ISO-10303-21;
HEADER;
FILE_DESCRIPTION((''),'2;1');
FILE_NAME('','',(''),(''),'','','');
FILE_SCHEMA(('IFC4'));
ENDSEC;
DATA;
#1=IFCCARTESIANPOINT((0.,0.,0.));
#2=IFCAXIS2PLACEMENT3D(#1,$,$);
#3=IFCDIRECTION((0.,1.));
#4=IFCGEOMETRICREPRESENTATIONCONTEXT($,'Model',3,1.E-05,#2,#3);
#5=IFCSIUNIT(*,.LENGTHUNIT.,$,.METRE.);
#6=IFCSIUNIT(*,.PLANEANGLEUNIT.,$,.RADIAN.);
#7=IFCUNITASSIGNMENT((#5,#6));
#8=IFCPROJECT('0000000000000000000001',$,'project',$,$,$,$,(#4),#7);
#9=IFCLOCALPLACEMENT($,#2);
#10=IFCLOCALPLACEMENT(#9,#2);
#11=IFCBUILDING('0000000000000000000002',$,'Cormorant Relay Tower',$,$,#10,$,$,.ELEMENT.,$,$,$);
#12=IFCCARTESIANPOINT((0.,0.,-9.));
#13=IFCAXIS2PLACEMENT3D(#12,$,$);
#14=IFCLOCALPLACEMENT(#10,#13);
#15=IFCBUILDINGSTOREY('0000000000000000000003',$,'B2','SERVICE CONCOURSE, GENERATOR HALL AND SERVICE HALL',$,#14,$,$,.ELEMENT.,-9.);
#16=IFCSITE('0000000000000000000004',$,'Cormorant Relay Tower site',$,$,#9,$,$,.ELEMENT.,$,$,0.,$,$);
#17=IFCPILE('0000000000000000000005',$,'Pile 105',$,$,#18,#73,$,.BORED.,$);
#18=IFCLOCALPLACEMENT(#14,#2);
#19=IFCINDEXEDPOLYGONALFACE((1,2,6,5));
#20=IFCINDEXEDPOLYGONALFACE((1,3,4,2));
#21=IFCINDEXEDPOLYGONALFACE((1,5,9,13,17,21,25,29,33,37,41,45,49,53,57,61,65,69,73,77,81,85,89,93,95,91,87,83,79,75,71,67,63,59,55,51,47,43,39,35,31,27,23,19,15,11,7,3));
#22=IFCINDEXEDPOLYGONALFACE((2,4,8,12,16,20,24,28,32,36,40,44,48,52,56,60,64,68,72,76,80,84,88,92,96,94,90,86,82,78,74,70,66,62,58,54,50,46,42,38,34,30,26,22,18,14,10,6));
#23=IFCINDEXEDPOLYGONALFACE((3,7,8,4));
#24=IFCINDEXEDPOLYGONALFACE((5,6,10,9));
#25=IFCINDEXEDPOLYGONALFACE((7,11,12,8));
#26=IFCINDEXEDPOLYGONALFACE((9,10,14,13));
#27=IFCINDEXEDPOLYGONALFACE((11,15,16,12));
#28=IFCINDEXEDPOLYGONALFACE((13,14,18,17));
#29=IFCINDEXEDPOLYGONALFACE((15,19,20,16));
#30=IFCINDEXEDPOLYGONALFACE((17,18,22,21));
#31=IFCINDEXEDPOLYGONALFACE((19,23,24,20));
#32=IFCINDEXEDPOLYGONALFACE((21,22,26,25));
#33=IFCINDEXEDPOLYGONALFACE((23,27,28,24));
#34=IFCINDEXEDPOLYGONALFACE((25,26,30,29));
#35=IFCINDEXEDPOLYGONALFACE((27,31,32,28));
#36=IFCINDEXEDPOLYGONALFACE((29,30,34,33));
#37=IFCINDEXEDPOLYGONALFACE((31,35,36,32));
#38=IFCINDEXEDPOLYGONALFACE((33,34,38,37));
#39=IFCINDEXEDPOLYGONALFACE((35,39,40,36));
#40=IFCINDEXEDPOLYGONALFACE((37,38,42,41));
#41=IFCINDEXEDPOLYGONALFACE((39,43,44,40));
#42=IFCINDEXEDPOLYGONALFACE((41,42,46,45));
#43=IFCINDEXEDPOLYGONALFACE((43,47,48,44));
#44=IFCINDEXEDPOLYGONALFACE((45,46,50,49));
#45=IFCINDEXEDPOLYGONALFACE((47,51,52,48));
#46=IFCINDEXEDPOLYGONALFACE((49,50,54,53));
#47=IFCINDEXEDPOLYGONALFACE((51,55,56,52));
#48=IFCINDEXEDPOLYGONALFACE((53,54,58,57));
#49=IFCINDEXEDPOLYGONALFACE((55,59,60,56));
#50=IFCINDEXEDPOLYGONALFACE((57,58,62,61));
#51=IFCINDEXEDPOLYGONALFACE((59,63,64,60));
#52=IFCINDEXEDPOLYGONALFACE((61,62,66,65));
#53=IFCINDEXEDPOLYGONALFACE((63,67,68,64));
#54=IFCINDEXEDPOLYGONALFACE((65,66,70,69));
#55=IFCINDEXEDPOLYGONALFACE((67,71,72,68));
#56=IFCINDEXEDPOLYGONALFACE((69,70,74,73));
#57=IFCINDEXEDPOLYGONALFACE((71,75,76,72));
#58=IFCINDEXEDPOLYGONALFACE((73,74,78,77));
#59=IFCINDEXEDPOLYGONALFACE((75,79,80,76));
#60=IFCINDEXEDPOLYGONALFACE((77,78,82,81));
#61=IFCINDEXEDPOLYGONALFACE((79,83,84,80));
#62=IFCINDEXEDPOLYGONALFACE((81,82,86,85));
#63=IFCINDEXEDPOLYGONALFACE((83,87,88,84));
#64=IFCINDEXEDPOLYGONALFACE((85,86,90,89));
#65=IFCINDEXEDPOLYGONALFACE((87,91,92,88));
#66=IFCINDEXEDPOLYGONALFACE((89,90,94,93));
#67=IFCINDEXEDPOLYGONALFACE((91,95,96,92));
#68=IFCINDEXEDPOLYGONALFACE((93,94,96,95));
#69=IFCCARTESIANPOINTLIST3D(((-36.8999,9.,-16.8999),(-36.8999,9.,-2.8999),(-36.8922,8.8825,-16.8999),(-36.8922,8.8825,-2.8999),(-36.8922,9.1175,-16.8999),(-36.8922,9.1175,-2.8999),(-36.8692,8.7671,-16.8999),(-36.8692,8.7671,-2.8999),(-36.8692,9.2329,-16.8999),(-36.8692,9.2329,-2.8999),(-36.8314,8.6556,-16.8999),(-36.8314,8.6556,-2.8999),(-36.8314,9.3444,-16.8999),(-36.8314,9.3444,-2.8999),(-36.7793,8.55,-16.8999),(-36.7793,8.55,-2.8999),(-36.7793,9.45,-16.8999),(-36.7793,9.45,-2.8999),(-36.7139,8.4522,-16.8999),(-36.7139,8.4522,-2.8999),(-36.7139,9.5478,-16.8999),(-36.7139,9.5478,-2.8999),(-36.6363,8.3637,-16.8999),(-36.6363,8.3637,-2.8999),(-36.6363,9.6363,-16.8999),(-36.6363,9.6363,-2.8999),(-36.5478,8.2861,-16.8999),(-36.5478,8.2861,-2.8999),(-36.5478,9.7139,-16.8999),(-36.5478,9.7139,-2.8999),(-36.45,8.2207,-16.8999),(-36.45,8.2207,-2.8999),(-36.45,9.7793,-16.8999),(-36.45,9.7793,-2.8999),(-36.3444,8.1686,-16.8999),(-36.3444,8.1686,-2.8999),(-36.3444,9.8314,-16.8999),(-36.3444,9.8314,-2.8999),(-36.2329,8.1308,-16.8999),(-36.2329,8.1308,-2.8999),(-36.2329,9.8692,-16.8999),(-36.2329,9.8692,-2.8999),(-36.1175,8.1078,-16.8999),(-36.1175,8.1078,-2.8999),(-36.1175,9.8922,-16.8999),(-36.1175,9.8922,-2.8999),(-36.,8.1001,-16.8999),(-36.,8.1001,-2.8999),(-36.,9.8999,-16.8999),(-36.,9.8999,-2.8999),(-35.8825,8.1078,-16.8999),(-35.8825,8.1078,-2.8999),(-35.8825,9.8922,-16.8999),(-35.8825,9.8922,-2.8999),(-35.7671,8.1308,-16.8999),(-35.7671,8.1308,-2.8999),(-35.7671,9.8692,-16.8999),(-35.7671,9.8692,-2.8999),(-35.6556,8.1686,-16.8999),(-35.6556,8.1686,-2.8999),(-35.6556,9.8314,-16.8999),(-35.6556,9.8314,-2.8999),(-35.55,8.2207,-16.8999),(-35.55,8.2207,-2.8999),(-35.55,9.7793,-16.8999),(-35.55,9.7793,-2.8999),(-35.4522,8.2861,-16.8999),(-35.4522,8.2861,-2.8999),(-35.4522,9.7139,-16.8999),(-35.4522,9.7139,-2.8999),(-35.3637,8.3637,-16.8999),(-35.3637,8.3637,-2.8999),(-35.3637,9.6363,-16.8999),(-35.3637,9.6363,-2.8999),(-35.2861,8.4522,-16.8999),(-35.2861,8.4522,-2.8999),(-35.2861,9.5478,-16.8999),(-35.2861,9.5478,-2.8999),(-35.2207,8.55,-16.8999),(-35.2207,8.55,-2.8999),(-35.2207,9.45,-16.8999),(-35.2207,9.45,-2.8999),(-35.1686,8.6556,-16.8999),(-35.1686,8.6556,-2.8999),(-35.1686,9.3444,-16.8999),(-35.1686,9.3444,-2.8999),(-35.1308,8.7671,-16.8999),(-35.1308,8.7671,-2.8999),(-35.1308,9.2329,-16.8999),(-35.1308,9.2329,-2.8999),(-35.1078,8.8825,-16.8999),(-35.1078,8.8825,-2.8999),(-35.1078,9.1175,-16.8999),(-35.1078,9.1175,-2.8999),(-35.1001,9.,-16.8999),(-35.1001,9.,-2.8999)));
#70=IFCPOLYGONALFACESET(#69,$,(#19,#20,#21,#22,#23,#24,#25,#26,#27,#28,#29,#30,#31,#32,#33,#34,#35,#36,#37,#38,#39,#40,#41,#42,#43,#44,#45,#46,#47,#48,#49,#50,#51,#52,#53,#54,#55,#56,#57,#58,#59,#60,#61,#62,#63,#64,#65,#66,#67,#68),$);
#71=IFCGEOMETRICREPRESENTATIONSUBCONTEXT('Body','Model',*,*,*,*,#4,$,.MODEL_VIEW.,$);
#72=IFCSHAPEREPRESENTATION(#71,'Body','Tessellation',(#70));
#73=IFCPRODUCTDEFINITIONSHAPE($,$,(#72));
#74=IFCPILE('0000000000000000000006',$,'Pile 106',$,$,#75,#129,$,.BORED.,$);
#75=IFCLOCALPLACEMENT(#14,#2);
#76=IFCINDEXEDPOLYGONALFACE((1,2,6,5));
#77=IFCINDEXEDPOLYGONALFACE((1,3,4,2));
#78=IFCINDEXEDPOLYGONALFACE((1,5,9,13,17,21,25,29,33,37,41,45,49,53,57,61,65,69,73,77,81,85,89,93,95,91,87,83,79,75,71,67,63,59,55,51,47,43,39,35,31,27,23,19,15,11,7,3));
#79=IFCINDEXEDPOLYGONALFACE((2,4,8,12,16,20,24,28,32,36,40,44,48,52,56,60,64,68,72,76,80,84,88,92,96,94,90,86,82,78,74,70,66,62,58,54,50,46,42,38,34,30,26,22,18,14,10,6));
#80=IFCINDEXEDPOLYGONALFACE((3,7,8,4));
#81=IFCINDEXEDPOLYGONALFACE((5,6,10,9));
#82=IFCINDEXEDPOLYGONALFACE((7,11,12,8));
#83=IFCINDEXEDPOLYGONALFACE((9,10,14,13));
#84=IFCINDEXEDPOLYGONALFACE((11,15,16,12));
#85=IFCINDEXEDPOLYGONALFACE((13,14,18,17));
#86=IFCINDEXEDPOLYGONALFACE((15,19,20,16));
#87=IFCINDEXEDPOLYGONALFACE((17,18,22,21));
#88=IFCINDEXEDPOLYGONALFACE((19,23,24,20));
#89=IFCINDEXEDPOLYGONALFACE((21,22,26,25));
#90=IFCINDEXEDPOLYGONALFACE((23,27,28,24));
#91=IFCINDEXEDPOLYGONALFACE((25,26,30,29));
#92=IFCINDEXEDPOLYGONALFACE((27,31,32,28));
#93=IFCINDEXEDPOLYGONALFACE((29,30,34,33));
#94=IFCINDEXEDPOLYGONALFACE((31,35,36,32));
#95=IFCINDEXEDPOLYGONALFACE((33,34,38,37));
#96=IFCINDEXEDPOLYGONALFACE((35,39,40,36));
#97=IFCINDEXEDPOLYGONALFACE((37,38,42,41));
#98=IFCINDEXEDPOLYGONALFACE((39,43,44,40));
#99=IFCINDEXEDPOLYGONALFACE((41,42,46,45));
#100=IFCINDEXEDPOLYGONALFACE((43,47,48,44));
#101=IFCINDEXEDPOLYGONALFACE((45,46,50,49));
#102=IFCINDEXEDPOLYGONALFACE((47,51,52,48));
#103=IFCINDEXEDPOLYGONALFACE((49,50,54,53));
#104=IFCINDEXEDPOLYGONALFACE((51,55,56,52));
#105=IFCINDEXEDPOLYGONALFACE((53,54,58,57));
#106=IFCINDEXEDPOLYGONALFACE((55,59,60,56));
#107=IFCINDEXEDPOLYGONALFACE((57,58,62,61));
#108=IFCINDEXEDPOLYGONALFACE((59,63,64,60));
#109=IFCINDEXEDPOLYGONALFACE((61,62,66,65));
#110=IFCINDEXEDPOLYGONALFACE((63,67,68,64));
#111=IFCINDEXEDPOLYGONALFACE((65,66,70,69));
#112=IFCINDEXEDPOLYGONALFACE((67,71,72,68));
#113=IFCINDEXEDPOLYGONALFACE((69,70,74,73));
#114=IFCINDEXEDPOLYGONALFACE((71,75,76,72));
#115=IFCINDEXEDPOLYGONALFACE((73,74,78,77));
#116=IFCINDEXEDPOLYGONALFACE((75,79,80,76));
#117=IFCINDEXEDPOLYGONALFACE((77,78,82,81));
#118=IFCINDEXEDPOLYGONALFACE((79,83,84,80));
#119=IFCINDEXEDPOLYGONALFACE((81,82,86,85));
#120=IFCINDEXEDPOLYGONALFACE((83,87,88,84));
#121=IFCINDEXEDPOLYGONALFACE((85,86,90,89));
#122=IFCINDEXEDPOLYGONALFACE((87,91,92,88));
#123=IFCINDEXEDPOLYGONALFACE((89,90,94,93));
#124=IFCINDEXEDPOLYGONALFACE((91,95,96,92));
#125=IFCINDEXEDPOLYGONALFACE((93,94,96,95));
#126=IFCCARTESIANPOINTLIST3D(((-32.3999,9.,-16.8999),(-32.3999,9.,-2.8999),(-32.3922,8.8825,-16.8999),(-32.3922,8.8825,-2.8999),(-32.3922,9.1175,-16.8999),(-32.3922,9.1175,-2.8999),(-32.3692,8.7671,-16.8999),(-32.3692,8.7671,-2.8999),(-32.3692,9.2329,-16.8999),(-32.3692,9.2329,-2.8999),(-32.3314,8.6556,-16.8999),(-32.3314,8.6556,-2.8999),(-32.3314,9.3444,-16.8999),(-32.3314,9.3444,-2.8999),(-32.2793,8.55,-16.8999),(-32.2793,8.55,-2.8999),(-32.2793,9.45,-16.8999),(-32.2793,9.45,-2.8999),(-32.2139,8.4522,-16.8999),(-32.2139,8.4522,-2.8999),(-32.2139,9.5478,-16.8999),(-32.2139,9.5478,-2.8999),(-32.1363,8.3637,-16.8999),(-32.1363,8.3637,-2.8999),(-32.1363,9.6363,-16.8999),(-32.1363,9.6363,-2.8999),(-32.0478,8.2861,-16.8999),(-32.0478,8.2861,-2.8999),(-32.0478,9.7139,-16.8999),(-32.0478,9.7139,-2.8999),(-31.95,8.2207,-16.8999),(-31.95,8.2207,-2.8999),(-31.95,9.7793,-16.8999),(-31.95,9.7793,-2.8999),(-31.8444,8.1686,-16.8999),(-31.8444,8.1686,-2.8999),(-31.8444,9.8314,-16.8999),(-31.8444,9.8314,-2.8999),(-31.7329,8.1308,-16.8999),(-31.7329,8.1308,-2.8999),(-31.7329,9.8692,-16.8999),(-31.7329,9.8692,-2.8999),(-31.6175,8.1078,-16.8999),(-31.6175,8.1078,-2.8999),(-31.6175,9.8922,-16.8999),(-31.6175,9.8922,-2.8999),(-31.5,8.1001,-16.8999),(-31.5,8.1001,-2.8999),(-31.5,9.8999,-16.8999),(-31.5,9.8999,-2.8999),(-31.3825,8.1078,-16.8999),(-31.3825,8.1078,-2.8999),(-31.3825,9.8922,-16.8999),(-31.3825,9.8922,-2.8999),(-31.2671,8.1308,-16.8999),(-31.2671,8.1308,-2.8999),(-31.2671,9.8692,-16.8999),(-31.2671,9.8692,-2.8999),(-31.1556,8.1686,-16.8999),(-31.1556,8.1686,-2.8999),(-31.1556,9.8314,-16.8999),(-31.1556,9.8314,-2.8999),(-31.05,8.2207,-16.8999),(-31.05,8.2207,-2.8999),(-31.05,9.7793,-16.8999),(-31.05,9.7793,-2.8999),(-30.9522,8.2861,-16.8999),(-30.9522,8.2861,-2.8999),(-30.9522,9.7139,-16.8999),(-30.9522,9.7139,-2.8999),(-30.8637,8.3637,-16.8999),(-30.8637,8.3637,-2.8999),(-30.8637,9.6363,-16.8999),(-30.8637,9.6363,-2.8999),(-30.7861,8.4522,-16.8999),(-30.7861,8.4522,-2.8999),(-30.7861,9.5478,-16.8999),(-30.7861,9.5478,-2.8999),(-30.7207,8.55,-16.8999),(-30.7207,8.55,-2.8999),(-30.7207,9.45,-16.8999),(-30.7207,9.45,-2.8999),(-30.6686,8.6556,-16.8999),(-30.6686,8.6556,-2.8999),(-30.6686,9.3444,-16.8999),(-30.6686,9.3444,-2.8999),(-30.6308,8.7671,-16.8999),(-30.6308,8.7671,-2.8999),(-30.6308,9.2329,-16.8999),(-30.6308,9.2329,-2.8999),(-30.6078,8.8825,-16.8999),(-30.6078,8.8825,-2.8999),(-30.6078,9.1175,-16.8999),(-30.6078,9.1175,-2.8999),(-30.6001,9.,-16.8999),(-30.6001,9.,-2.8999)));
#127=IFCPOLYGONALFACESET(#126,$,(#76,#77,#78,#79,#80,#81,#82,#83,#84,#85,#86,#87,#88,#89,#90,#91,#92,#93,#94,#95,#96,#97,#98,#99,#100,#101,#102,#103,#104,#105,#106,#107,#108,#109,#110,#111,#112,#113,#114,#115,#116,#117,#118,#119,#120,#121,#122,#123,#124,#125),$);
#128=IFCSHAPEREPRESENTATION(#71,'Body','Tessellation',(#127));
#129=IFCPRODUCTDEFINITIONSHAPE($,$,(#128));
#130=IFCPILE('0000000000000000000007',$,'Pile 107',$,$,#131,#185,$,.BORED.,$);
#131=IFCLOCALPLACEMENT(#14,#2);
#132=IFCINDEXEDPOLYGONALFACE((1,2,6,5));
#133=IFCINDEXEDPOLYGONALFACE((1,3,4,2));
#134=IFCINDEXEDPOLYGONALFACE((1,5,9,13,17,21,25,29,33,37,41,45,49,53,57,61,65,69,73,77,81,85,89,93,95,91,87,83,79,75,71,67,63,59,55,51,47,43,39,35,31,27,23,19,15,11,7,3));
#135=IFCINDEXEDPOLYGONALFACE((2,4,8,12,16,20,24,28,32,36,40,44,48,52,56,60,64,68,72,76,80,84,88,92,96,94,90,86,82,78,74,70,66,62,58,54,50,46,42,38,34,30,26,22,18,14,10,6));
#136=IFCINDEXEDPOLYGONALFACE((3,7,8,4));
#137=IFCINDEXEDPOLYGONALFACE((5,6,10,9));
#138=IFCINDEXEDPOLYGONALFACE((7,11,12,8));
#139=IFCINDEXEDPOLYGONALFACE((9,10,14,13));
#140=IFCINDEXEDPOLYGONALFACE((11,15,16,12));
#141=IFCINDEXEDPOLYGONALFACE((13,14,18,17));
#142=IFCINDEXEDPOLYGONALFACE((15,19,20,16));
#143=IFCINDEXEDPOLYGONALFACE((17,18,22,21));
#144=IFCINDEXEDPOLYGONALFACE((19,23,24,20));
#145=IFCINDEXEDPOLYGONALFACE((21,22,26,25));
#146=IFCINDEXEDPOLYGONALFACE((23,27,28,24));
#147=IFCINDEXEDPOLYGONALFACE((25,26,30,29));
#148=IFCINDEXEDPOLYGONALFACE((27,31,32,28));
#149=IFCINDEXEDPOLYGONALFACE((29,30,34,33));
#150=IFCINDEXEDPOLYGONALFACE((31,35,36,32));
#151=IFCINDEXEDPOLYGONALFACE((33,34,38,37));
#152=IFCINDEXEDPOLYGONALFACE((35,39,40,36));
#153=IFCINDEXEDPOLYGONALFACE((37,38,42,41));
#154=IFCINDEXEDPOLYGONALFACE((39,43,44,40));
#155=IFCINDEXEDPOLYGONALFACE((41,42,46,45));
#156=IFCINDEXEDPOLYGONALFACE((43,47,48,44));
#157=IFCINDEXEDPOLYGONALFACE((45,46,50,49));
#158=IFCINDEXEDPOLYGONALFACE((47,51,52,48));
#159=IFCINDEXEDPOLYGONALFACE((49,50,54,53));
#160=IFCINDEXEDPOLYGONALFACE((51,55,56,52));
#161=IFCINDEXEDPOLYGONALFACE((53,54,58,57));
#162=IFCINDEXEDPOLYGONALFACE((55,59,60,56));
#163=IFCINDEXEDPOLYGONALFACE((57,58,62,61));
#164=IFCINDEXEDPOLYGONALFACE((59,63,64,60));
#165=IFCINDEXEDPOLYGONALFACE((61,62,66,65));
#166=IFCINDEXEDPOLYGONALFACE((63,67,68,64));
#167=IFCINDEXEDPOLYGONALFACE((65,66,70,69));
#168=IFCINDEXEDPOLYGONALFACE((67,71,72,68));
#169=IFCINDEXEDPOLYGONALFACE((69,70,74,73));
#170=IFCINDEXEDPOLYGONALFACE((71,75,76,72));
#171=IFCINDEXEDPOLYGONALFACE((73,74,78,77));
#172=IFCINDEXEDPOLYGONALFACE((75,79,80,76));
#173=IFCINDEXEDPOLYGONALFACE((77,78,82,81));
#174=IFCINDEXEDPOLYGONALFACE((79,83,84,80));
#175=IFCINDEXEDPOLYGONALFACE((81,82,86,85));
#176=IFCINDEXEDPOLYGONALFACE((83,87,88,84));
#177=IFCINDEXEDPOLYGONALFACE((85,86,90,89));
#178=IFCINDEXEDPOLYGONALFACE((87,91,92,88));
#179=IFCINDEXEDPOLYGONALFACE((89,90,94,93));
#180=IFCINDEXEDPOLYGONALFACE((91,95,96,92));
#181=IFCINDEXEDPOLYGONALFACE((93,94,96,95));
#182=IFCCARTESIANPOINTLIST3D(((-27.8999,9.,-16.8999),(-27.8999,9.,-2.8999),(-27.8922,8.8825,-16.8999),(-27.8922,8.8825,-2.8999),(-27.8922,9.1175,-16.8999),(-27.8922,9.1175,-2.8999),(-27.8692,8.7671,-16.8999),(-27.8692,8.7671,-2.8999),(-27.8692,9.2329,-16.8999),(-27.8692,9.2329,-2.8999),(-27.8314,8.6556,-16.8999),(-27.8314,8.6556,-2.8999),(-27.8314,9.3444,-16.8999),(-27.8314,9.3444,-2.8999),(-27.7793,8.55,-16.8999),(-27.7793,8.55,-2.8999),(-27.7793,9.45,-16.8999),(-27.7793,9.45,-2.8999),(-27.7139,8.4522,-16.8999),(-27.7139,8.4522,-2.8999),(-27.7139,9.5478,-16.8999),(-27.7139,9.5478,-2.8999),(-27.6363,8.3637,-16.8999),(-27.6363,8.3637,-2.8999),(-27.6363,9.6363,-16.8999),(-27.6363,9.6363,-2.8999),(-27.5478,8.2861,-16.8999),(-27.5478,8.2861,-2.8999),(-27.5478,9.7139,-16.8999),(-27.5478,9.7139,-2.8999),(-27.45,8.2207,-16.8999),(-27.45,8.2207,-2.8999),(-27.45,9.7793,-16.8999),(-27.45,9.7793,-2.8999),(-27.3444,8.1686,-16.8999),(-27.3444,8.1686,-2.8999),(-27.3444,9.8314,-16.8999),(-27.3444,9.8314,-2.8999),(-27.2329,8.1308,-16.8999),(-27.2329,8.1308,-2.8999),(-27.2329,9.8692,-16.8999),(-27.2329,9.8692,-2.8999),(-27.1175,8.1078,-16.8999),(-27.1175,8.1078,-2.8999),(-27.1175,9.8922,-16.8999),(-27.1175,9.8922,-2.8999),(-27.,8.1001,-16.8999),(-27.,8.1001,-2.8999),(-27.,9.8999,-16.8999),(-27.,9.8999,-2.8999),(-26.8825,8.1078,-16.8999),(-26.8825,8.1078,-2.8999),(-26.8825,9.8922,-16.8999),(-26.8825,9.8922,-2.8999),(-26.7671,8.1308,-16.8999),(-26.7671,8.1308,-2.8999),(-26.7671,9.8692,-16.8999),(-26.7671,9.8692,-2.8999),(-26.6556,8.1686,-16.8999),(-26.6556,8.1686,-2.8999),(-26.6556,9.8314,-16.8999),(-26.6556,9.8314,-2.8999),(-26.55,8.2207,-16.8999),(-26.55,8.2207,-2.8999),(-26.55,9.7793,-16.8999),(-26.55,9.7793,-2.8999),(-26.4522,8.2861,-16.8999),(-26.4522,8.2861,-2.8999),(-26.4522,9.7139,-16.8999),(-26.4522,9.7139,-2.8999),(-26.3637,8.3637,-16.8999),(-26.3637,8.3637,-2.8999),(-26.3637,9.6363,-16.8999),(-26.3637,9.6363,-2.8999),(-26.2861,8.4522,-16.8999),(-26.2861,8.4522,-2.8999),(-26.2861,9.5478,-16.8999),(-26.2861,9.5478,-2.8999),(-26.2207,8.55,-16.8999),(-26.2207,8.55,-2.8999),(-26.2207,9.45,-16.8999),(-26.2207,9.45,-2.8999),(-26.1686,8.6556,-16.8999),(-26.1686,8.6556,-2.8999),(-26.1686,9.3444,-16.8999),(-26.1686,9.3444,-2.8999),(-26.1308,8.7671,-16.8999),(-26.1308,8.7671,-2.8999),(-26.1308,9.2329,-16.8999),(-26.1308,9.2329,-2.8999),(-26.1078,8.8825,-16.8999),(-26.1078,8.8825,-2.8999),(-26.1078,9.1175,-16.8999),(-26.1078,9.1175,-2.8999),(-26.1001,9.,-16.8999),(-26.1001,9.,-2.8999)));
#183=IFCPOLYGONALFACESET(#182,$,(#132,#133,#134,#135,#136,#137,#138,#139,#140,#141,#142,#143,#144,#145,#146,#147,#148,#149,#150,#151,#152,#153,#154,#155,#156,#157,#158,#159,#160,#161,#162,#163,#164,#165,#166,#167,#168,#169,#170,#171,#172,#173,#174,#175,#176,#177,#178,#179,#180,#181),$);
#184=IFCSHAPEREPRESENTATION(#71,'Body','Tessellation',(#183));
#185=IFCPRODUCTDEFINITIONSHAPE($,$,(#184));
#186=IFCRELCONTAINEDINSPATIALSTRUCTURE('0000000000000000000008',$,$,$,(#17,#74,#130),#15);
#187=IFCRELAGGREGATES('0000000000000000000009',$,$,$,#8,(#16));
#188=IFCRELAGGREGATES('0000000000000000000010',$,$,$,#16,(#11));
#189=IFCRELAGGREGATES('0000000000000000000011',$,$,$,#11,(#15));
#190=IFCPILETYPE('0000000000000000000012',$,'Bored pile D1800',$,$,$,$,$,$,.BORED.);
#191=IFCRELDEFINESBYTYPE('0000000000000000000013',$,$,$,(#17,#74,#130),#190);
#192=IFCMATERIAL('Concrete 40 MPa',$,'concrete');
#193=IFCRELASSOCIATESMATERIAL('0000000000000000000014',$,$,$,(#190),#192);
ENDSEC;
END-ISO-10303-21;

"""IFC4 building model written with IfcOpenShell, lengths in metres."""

from ifc_helpers import new_model, si_unit, direction, frame, origin, origin_2d, place, context, subcontext, project, spatial, circle, extrude, material, material_profile, profile_set, type_object, element, save


model = new_model("IFC4")

# Units and contexts
model_context = context("Model", 3, precision=1e-05, world=origin(), true_north=direction((0.0, 1.0)))
body_context = subcontext(model_context, "Body", "Model", "MODEL_VIEW")
ifc_project = project(units=[si_unit("LENGTHUNIT", "METRE"), si_unit("PLANEANGLEUNIT", "RADIAN")], contexts=[model_context])

# Site, building, storey
site_placement = place(None, origin())
site = spatial("IfcSite", under=ifc_project, at=site_placement, Name="Cormorant Relay Tower site", CompositionType="ELEMENT", RefElevation=0.0)
building_placement = place(site_placement, origin())
building = spatial("IfcBuilding", under=site, at=building_placement, Name="Cormorant Relay Tower", CompositionType="ELEMENT")
storey_placement = place(building_placement, frame((0.0, 0.0, -9.0)))
storey = spatial("IfcBuildingStorey", under=building, at=storey_placement, Name="B2", Description="SERVICE CONCOURSE, GENERATOR HALL AND SERVICE HALL", CompositionType="ELEMENT", Elevation=-9.0)

# Piles
ifc_material_1 = material(Name="Concrete 40 MPa", Category="concrete")
ifc_material_profile = material_profile(ifc_material_1, circle(Radius=0.8999, at=origin_2d()), Name="BP1800")
ifc_profile_set = profile_set([ifc_material_profile], Name="Concrete 40 MPa")
pile_type = type_object("IfcPileType", Name="Bored pile D1800", PredefinedType="BORED", material=ifc_profile_set)
for number, where, z_axis, x_axis, name in (
    (1, (-36.0, 9.0, -2.8999), (0.0, 0.0, -1.0), (1.0, 0.0, 0.0), "Pile 105"),
    (2, (-31.5, 9.0, -2.8999), (0.0, 0.0, -1.0), (1.0, 0.0, 0.0), "Pile 106"),
    (3, (-27.0, 9.0, -2.8999), (0.0, 0.0, -1.0), (1.0, 0.0, 0.0), "Pile 107"),
):
    element("IfcPile", number, at=place(storey_placement, frame(where, z_axis=z_axis, x_axis=x_axis)), inside=storey, type_object=pile_type, Name=name, PredefinedType="BORED", context=body_context, shape_type="SweptSolid", body=[
        extrude(circle(Radius=0.8999, at=origin_2d()), origin(), (0.0, 0.0, 1.0), 14.0),
    ])

save(model, "model.ifc")
